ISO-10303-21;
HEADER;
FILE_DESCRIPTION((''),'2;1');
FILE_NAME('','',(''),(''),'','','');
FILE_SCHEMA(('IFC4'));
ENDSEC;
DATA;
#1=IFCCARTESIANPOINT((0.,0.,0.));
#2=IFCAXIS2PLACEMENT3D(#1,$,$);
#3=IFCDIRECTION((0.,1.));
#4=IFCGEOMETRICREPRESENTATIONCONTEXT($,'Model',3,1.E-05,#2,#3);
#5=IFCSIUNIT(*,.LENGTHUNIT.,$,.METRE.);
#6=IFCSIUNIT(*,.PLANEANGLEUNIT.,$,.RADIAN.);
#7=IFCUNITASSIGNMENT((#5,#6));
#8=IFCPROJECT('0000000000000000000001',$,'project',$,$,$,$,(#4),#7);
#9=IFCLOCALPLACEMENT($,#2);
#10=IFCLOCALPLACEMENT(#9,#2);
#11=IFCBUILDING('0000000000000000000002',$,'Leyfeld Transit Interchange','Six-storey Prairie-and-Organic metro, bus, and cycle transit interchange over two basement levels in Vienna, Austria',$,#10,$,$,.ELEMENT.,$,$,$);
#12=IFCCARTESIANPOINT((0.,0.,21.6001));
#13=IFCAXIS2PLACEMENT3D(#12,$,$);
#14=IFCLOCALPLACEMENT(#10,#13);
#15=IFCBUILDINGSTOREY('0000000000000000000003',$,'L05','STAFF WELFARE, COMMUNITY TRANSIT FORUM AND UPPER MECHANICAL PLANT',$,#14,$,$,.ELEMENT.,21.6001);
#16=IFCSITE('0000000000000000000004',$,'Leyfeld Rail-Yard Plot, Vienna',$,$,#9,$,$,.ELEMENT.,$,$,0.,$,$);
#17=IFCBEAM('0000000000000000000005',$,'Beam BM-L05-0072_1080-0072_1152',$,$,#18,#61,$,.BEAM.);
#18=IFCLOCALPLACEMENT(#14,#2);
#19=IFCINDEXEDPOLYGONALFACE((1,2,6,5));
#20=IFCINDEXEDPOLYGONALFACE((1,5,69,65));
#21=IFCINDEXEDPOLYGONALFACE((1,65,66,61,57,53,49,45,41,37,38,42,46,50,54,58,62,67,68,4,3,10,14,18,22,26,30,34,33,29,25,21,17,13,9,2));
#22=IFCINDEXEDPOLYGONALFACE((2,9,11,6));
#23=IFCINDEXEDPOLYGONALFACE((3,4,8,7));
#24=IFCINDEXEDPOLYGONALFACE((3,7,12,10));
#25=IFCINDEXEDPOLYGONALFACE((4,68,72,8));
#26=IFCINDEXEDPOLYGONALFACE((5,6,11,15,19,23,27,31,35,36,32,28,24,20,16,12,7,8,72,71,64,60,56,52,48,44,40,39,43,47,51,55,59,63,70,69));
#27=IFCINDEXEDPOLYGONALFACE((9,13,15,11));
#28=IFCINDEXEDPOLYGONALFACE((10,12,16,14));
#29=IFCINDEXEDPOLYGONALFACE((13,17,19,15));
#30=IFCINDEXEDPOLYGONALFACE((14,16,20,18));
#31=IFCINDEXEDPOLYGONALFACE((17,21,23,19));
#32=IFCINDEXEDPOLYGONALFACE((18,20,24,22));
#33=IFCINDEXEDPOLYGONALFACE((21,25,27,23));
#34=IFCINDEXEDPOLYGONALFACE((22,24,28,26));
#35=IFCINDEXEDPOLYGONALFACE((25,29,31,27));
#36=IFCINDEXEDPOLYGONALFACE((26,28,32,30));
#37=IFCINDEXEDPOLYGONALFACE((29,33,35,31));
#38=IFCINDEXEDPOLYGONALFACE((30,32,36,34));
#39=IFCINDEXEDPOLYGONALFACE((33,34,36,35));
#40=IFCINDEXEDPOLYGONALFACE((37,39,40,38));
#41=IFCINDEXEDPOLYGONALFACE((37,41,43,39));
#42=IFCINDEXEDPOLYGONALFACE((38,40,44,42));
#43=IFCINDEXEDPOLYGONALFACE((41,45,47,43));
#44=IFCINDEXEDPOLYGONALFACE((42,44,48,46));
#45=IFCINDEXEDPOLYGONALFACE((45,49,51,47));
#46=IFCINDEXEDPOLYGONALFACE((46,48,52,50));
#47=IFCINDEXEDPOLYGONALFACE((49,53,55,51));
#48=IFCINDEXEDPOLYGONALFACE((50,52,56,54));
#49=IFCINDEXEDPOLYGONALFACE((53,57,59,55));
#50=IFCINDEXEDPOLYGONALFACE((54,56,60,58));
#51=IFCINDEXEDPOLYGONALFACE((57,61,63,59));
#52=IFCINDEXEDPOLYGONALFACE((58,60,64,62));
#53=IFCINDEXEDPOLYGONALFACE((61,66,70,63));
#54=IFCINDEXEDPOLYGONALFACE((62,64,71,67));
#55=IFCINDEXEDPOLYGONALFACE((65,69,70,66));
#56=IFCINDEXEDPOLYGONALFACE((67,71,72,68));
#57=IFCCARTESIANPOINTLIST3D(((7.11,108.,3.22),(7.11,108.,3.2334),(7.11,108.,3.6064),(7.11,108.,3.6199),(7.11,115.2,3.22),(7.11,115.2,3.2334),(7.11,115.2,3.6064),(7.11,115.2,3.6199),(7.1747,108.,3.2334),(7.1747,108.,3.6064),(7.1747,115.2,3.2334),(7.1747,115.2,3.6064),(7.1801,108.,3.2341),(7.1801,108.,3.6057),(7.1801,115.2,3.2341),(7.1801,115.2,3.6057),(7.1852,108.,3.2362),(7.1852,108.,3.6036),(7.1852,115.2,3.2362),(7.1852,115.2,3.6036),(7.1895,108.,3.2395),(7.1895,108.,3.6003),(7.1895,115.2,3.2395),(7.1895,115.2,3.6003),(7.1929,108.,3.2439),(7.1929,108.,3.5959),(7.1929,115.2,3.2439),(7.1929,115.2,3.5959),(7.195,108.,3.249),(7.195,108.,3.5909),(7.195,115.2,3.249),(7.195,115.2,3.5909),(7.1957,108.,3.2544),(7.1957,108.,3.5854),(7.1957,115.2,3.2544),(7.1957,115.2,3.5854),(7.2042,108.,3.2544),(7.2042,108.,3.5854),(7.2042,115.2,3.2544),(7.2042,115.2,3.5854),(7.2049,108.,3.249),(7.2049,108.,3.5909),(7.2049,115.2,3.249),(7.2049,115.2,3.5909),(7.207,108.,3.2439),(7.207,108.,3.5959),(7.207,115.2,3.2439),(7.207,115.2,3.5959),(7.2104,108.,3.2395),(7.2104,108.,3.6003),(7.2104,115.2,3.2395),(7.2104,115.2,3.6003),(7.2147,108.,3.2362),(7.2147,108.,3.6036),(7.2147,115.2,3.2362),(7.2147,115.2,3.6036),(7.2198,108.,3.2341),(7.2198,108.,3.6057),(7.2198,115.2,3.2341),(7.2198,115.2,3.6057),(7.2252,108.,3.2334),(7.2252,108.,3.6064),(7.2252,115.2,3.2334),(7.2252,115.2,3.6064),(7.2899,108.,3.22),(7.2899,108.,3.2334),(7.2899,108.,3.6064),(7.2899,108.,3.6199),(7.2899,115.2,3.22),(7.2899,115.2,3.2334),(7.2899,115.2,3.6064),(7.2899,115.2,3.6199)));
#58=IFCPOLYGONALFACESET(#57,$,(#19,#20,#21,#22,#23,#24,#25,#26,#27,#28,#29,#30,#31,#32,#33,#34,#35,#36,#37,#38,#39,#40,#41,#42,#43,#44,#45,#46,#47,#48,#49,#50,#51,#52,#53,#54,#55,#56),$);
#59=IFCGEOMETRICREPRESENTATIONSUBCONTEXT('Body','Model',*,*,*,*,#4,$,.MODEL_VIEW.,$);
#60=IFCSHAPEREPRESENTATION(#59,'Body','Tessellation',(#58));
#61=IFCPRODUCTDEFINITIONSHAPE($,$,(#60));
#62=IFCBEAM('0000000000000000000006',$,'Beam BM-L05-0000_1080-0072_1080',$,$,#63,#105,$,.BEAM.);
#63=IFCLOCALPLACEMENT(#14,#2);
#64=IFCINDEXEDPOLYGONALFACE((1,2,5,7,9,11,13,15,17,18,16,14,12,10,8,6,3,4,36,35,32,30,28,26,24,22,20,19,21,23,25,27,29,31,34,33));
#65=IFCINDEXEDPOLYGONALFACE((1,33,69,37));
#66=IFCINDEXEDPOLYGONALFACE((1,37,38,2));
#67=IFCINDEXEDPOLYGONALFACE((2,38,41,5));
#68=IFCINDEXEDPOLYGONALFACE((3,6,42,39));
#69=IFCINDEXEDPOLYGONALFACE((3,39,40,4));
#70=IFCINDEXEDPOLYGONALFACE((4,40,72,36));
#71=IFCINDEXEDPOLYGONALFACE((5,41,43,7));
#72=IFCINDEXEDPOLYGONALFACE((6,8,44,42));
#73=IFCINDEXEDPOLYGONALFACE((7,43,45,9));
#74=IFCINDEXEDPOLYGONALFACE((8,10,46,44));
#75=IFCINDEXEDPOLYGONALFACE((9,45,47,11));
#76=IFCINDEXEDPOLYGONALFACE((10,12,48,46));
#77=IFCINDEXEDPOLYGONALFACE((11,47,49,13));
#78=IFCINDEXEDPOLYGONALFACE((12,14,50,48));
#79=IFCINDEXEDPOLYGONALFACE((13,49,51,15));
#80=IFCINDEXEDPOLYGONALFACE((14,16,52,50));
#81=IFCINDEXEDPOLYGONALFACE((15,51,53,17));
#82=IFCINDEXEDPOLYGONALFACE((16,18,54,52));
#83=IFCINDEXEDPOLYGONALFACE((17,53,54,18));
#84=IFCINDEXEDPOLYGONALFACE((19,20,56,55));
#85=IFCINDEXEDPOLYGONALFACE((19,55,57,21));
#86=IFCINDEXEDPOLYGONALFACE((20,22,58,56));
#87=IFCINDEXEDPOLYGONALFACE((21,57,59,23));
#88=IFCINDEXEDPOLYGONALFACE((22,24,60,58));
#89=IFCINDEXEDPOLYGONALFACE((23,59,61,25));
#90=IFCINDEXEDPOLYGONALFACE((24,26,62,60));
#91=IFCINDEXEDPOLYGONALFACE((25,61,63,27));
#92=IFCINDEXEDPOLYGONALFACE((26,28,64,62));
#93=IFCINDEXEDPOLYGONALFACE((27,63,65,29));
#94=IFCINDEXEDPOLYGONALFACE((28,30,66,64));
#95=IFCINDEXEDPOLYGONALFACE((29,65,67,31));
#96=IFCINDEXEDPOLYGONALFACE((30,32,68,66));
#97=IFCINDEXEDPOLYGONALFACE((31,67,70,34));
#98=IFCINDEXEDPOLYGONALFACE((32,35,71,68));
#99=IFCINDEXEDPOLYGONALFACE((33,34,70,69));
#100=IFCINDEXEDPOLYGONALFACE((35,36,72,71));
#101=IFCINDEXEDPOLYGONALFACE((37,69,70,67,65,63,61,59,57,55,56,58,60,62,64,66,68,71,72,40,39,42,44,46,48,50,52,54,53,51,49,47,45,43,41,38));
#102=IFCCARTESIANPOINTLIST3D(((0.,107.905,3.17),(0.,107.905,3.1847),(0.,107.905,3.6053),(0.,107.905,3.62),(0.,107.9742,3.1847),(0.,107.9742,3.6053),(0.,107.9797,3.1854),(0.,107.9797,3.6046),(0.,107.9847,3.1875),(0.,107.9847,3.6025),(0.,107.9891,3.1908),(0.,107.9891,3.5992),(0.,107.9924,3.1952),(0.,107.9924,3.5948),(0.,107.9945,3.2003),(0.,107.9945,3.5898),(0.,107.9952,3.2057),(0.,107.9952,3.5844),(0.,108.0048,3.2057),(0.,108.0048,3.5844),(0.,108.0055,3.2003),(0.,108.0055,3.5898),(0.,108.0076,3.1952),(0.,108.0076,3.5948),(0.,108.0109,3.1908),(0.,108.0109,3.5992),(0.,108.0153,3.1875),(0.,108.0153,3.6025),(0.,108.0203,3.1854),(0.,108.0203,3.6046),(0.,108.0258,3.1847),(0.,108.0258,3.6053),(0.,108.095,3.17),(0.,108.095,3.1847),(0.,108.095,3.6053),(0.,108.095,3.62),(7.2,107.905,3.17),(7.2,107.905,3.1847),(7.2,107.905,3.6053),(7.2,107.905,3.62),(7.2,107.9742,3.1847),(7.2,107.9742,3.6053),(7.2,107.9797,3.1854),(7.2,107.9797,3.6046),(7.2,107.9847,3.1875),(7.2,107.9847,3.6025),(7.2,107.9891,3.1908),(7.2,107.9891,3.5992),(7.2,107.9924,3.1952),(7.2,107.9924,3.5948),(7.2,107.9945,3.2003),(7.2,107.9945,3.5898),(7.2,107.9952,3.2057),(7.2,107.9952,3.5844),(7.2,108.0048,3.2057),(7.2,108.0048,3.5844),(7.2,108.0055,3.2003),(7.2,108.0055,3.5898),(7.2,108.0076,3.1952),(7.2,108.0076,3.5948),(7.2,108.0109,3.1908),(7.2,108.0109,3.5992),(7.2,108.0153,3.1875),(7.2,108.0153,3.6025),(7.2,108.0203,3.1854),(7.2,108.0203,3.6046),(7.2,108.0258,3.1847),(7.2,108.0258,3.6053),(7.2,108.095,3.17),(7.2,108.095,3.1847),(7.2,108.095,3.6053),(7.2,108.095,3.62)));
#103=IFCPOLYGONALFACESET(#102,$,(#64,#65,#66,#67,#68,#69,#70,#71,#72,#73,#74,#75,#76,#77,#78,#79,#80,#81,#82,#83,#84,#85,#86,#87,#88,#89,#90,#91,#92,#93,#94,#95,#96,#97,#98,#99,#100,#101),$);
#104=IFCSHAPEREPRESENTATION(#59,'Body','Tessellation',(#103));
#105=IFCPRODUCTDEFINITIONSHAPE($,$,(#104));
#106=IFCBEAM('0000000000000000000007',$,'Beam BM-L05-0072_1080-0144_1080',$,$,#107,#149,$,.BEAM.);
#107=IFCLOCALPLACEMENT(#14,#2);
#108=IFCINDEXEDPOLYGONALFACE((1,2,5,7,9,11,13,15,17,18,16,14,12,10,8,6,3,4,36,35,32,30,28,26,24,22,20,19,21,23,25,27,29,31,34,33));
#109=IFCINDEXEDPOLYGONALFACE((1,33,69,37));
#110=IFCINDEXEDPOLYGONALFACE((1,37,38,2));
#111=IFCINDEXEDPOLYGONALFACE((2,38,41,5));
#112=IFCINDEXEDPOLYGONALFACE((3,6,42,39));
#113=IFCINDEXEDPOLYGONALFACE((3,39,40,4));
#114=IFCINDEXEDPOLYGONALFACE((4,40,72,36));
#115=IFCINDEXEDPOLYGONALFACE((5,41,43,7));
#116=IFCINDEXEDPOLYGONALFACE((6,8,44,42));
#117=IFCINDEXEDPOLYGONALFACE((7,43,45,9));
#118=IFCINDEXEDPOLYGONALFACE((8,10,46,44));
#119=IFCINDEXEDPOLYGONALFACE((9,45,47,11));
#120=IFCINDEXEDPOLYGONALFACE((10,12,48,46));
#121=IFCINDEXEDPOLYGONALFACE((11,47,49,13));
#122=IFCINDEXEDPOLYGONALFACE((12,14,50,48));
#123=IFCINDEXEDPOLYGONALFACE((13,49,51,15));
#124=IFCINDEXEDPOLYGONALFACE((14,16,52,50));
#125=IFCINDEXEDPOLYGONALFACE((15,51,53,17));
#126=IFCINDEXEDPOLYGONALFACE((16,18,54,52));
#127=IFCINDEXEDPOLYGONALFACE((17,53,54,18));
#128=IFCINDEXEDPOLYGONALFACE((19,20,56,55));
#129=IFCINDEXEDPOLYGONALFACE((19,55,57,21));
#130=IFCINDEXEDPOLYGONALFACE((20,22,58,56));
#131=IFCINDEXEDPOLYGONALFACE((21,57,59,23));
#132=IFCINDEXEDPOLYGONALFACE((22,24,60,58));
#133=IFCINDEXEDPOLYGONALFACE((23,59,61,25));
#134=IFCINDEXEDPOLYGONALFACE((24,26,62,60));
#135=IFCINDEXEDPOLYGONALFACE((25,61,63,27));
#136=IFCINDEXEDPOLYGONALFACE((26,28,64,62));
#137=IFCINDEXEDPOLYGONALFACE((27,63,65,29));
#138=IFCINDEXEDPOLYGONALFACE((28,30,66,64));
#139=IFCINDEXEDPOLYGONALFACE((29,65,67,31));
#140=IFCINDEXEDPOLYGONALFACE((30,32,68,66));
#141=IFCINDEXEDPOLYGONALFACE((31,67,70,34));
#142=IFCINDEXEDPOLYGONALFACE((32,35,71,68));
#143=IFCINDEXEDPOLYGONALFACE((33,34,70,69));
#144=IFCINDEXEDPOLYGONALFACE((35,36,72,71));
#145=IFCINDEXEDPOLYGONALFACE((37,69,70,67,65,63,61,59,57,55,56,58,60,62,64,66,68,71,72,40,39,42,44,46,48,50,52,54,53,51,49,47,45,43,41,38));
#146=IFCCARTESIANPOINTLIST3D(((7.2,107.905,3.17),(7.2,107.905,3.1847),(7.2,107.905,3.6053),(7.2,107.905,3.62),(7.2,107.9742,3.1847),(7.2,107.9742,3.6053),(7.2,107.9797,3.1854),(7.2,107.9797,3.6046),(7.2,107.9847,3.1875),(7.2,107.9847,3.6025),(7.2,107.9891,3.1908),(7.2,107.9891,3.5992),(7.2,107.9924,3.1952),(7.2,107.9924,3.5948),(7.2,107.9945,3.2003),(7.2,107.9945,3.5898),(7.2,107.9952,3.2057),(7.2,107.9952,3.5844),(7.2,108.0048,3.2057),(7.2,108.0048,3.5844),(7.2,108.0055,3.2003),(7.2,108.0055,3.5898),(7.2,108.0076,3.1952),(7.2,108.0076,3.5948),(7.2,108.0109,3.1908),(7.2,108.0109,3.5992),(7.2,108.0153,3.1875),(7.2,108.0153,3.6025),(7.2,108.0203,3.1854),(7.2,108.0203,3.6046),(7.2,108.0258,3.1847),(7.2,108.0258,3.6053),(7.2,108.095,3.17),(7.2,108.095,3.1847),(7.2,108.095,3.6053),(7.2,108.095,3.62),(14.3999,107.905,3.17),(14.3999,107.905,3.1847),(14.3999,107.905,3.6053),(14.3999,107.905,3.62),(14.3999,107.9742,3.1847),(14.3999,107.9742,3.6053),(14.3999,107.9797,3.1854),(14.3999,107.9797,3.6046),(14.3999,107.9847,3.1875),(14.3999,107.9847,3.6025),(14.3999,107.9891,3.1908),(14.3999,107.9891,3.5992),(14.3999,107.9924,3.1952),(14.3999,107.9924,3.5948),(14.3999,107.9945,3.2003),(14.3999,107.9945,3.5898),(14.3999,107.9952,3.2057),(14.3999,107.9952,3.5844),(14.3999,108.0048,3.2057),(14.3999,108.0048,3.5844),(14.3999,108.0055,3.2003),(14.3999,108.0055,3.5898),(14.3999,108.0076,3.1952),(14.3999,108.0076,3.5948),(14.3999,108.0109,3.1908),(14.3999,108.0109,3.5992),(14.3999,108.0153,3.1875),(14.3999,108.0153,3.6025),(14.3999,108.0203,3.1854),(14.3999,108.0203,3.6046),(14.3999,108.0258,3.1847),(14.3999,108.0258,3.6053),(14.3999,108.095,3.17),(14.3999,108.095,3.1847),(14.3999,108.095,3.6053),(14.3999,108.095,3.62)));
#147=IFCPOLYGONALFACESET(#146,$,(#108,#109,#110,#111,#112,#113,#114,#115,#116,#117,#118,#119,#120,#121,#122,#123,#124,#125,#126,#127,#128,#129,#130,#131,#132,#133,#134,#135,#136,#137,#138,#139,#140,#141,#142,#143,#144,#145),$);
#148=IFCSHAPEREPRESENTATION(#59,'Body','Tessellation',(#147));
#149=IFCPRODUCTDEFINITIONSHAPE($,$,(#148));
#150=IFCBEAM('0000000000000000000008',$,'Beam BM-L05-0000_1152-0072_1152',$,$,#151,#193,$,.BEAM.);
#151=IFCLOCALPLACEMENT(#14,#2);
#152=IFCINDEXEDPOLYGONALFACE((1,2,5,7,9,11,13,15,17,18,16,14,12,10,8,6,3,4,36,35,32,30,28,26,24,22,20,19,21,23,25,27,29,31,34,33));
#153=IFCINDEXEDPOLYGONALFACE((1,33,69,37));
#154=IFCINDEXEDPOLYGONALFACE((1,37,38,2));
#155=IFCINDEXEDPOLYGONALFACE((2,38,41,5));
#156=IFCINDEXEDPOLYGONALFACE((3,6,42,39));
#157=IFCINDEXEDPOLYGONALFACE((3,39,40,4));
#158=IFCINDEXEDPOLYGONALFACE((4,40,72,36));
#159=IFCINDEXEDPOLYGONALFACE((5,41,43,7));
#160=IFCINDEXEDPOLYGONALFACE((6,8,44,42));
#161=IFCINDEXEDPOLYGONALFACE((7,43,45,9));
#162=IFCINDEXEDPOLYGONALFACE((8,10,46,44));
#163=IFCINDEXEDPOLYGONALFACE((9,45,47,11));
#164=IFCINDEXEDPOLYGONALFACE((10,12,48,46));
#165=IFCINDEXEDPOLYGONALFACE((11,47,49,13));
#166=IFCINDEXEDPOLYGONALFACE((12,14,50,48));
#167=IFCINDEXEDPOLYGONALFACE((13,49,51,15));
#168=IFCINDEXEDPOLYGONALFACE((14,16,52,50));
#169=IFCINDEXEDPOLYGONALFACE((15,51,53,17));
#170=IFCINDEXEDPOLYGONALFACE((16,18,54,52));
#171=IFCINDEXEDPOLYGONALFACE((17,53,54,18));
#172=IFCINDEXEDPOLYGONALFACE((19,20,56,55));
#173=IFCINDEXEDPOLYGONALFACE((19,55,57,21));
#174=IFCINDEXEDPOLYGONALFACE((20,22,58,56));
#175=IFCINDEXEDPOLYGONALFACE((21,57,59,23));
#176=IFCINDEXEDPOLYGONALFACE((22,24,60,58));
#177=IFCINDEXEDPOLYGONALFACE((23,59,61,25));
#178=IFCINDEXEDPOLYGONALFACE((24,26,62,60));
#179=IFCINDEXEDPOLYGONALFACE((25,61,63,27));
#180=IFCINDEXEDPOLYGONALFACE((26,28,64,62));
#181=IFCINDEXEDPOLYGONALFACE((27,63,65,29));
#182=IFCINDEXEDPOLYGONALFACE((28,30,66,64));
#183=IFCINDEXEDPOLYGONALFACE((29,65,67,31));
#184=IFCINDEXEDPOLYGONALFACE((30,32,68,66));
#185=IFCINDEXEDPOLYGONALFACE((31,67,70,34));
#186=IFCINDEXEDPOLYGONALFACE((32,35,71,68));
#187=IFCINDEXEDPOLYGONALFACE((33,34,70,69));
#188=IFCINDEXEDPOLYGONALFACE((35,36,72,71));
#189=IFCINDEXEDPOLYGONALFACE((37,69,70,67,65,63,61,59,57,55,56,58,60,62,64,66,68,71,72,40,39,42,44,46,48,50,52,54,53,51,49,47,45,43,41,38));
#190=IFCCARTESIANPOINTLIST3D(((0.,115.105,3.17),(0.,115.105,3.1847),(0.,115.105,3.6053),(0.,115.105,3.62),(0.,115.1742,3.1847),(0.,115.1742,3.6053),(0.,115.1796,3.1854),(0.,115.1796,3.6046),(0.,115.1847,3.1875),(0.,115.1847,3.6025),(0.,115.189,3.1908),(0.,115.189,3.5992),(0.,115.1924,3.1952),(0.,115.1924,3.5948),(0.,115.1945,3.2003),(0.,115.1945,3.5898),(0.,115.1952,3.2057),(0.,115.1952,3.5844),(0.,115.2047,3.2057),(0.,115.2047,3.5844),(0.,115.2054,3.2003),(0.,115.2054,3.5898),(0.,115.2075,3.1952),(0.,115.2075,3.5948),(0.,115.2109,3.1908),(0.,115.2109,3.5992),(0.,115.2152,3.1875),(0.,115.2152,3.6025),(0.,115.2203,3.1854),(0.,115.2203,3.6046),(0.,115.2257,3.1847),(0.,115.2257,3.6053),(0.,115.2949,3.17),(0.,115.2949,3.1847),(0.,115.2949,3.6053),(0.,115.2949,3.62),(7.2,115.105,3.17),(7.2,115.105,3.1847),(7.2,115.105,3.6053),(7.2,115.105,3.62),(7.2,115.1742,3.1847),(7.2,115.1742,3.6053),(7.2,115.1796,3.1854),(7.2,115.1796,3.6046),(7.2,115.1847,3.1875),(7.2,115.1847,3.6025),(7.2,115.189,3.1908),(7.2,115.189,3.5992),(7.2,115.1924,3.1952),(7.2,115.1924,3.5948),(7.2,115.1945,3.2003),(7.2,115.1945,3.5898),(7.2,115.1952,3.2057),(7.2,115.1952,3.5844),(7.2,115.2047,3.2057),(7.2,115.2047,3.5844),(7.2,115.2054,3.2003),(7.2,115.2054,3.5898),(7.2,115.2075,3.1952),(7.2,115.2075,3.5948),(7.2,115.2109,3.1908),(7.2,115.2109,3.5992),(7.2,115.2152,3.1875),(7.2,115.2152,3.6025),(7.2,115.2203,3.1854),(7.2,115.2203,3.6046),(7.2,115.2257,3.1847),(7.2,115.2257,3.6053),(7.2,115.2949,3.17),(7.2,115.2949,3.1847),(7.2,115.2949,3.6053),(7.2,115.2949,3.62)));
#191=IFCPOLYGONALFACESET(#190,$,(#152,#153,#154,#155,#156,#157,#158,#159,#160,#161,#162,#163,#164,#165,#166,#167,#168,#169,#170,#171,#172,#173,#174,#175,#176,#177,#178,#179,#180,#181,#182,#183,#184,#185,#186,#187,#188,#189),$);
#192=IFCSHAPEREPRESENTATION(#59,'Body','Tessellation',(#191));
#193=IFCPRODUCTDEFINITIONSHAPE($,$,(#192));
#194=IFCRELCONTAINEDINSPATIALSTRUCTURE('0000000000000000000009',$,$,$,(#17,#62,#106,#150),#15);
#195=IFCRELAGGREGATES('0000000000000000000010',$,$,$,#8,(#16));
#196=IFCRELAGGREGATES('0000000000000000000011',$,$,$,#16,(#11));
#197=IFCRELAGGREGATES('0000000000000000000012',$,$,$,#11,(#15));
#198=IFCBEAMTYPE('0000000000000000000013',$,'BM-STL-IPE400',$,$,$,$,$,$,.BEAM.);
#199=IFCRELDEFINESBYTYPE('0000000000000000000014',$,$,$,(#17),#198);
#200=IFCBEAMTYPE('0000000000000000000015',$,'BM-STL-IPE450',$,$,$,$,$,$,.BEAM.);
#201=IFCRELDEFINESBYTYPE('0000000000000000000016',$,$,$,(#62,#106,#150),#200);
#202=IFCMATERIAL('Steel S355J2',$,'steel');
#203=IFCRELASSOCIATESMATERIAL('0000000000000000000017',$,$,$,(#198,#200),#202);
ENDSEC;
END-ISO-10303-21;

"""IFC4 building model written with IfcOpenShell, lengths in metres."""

from ifc_helpers import new_model, si_unit, direction, frame, origin, origin_2d, place, context, subcontext, project, spatial, i_section, extrude, material, material_profile, profile_set, type_object, element, save


model = new_model("IFC4")

# Units and contexts
model_context = context("Model", 3, precision=1e-05, world=origin(), true_north=direction((0.0, 1.0)))
body_context = subcontext(model_context, "Body", "Model", "MODEL_VIEW")
ifc_project = project(units=[si_unit("LENGTHUNIT", "METRE"), si_unit("PLANEANGLEUNIT", "RADIAN")], contexts=[model_context])

# Site, building, storey
site_placement = place(None, origin())
site = spatial("IfcSite", under=ifc_project, at=site_placement, Name="Leyfeld Rail-Yard Plot, Vienna", CompositionType="ELEMENT", RefElevation=0.0)
building_placement = place(site_placement, origin())
building = spatial("IfcBuilding", under=site, at=building_placement, Name="Leyfeld Transit Interchange", Description="Six-storey Prairie-and-Organic metro, bus, and cycle transit interchange over two basement levels in Vienna, Austria", CompositionType="ELEMENT")
storey_placement = place(building_placement, frame((0.0, 0.0, 21.6001)))
storey = spatial("IfcBuildingStorey", under=building, at=storey_placement, Name="L05", Description="STAFF WELFARE, COMMUNITY TRANSIT FORUM AND UPPER MECHANICAL PLANT", CompositionType="ELEMENT", Elevation=21.6001)

# Shared definitions
ifc_material_1 = material(Name="Steel S355J2", Category="steel")

# Beams
ifc_material_profile_1 = material_profile(ifc_material_1, i_section(OverallWidth=0.1799, OverallDepth=0.3999, WebThickness=0.0085, FlangeThickness=0.0134, FilletRadius=0.021, at=origin_2d()), Name="IPE 400")
ifc_profile_set_1 = profile_set([ifc_material_profile_1], Name="Steel S355J2")
beam_type_1 = type_object("IfcBeamType", Name="BM-STL-IPE400", PredefinedType="BEAM", material=ifc_profile_set_1)
beam_1_placement = place(storey_placement, frame((7.2, 108.0, 3.4199), z_axis=(0.0, 1.0, 0.0), x_axis=(-1.0, 0.0, 0.0)))
element("IfcBeam", 1, at=beam_1_placement, inside=storey, type_object=beam_type_1, Name="Beam BM-L05-0072_1080-0072_1152", PredefinedType="BEAM", context=body_context, shape_type="SweptSolid", body=[
    extrude(i_section(OverallWidth=0.1799, OverallDepth=0.3999, WebThickness=0.0085, FlangeThickness=0.0134, FilletRadius=0.021, at=origin_2d()), origin(), (0.0, 0.0, 1.0), 7.2),
])
ifc_material_profile_2 = material_profile(ifc_material_1, i_section(OverallWidth=0.1899, OverallDepth=0.45, WebThickness=0.0095, FlangeThickness=0.0146, FilletRadius=0.021, at=origin_2d()), Name="IPE 450")
ifc_profile_set_2 = profile_set([ifc_material_profile_2], Name="Steel S355J2")
beam_type_2 = type_object("IfcBeamType", Name="BM-STL-IPE450", PredefinedType="BEAM", material=ifc_profile_set_2)
for number, where, z_axis, x_axis, name in (
    (2, (0.0, 108.0, 3.395), (1.0, 0.0, 0.0), (0.0, 1.0, 0.0), "Beam BM-L05-0000_1080-0072_1080"),
    (3, (7.2, 108.0, 3.395), (1.0, 0.0, 0.0), (0.0, 1.0, 0.0), "Beam BM-L05-0072_1080-0144_1080"),
    (4, (0.0, 115.2, 3.395), (1.0, 0.0, 0.0), (0.0, 1.0, 0.0), "Beam BM-L05-0000_1152-0072_1152"),
):
    element("IfcBeam", number, at=place(storey_placement, frame(where, z_axis=z_axis, x_axis=x_axis)), inside=storey, type_object=beam_type_2, Name=name, PredefinedType="BEAM", context=body_context, shape_type="SweptSolid", body=[
        extrude(i_section(OverallWidth=0.1899, OverallDepth=0.45, WebThickness=0.0095, FlangeThickness=0.0146, FilletRadius=0.021, at=origin_2d()), origin(), (0.0, 0.0, 1.0), 7.2),
    ])

save(model, "model.ifc")
